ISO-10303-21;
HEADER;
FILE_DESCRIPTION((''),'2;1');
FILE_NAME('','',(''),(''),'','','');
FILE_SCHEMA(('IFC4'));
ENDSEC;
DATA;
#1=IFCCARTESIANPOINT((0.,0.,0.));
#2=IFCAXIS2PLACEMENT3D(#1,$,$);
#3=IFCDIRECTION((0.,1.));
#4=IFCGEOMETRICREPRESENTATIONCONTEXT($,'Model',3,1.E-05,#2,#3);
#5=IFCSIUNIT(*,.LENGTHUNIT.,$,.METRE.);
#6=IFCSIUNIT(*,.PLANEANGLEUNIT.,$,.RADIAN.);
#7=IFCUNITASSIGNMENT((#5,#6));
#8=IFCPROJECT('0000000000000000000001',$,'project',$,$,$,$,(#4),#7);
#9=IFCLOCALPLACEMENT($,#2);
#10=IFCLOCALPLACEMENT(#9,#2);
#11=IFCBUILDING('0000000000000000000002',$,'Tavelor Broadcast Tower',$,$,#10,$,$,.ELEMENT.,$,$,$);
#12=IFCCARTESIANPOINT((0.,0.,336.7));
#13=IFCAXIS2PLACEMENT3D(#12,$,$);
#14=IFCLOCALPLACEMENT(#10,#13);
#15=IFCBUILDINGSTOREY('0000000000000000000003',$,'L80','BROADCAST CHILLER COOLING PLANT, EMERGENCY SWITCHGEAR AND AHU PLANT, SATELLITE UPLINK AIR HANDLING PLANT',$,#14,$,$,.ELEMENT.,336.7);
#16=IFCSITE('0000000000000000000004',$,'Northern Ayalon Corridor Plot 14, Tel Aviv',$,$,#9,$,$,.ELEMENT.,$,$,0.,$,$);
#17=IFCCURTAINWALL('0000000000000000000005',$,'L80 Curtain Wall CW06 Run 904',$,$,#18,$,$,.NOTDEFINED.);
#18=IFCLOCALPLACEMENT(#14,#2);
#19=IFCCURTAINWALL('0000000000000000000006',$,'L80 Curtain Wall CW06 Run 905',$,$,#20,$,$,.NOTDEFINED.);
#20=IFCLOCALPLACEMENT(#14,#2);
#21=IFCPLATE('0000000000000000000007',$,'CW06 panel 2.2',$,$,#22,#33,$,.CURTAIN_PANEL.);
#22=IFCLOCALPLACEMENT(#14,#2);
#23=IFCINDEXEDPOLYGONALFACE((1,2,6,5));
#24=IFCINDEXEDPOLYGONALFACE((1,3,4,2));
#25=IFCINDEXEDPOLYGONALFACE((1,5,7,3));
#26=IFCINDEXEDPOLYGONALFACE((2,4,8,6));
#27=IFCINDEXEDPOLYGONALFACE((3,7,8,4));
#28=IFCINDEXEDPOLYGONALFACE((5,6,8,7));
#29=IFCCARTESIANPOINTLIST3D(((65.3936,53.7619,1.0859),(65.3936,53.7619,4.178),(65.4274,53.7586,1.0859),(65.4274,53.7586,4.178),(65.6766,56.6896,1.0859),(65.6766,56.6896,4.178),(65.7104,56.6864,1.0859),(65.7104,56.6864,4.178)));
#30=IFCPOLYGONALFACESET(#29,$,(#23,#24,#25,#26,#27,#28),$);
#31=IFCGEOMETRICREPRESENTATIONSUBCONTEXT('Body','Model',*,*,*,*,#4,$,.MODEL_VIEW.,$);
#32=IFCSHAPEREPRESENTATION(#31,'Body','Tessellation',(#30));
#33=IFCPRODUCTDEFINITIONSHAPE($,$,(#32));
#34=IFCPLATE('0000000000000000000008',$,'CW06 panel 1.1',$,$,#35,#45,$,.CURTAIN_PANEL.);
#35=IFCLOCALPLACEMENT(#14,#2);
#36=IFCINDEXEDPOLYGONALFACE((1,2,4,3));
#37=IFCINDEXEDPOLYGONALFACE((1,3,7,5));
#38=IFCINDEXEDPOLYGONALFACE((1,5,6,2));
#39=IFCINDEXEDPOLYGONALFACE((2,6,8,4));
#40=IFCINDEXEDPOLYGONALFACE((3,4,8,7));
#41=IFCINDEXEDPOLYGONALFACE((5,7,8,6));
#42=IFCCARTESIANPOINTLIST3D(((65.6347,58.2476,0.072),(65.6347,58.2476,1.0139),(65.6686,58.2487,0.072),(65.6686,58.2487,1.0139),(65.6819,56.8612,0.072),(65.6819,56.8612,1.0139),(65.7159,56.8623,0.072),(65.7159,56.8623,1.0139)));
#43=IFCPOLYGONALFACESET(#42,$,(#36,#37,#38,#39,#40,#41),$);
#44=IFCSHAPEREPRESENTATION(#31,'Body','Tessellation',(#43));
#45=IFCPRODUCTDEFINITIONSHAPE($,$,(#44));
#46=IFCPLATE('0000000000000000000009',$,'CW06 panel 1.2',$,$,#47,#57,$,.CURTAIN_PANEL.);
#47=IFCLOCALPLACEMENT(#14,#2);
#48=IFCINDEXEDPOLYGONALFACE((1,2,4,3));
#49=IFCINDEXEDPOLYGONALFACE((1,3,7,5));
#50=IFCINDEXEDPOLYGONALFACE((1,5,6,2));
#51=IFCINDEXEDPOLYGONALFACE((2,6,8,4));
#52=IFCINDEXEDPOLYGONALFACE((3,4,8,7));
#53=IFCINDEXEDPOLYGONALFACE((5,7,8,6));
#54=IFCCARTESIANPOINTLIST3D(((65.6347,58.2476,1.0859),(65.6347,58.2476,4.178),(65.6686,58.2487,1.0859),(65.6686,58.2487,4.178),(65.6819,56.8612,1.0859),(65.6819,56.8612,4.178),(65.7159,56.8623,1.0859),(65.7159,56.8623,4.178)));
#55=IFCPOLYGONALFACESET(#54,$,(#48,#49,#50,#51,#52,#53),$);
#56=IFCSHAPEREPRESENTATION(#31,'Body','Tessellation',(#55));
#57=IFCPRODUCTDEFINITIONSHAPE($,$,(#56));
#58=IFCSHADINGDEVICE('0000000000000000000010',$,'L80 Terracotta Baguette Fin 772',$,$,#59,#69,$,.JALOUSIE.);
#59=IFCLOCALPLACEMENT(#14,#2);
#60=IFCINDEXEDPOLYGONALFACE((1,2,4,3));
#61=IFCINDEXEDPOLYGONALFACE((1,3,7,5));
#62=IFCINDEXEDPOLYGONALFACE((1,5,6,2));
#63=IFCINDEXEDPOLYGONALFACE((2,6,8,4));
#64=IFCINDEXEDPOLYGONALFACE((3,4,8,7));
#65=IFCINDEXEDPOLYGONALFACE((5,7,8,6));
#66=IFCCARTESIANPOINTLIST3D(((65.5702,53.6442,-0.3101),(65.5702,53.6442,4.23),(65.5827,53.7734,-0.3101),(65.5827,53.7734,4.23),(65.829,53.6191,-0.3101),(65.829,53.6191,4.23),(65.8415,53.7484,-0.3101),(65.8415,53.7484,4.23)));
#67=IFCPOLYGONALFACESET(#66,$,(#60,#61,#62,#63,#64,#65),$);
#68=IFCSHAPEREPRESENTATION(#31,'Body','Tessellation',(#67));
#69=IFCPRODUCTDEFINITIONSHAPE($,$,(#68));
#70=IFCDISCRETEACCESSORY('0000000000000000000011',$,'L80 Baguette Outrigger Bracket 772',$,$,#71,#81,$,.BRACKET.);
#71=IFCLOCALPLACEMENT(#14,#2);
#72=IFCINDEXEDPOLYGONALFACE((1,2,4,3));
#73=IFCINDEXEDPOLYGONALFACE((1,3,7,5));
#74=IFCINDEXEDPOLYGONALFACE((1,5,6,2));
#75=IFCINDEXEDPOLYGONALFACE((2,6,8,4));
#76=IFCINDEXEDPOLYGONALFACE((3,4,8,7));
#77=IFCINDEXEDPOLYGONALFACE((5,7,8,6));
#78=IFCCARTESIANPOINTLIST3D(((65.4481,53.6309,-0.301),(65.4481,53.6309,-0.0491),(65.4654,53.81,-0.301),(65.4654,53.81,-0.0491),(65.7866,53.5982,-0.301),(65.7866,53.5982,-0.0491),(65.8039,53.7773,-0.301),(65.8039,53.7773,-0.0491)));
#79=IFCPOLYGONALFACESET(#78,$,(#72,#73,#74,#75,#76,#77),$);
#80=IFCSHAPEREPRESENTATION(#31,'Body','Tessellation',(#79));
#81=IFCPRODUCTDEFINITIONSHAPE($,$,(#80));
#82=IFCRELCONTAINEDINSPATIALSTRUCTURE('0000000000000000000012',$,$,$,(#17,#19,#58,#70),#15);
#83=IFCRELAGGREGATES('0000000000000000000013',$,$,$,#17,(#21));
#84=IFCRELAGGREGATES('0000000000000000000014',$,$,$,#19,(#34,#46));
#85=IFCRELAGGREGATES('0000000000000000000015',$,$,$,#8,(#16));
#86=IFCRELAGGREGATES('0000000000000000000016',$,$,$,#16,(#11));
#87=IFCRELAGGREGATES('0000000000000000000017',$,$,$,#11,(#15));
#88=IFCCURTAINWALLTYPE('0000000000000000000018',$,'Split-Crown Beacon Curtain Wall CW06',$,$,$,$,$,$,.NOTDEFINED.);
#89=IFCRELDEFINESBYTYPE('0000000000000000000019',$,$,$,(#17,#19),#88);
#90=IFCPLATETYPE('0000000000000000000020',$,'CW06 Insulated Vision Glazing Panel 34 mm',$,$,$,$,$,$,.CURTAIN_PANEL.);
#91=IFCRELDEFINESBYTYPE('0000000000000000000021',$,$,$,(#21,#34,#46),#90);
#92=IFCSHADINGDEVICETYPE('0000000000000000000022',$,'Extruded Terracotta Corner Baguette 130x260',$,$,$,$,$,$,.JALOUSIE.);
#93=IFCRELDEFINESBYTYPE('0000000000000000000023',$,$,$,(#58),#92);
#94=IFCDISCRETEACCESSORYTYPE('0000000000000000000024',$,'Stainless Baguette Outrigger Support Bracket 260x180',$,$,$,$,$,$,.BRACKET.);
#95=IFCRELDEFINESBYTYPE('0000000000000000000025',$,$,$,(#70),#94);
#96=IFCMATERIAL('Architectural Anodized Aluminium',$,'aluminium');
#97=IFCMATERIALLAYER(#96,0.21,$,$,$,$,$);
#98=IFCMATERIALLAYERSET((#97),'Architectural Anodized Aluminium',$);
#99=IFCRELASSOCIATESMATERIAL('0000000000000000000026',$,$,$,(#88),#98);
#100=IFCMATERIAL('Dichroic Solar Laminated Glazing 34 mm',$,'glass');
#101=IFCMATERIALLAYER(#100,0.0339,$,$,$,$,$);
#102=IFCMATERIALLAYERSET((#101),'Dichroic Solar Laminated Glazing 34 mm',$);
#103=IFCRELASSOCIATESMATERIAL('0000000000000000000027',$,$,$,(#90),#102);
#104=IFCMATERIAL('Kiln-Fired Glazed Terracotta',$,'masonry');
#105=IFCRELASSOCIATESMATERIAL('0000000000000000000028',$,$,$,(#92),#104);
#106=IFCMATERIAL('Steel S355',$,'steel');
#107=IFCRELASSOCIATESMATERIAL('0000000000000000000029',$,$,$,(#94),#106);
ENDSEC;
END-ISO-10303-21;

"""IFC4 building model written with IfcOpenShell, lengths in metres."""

from ifc_helpers import new_model, si_unit, direction, frame, origin, origin_2d, place, context, subcontext, project, spatial, rectangle, extrude, source, transform, mapped, material, layer, layer_set, type_object, type_shapes, element, aggregate, save


model = new_model("IFC4")

# Units and contexts
model_context = context("Model", 3, precision=1e-05, world=origin(), true_north=direction((0.0, 1.0)))
body_context = subcontext(model_context, "Body", "Model", "MODEL_VIEW")
ifc_project = project(units=[si_unit("LENGTHUNIT", "METRE"), si_unit("PLANEANGLEUNIT", "RADIAN")], contexts=[model_context])

# Site, building, storey
site_placement = place(None, origin())
site = spatial("IfcSite", under=ifc_project, at=site_placement, Name="Northern Ayalon Corridor Plot 14, Tel Aviv", CompositionType="ELEMENT", RefElevation=0.0)
building_placement = place(site_placement, origin())
building = spatial("IfcBuilding", under=site, at=building_placement, Name="Tavelor Broadcast Tower", CompositionType="ELEMENT")
storey_placement = place(building_placement, frame((0.0, 0.0, 336.7)))
storey = spatial("IfcBuildingStorey", under=building, at=storey_placement, Name="L80", Description="BROADCAST CHILLER COOLING PLANT, EMERGENCY SWITCHGEAR AND AHU PLANT, SATELLITE UPLINK AIR HANDLING PLANT", CompositionType="ELEMENT", Elevation=336.7)

# Shared definitions
ifc_material_1 = material(Name="Steel S355", Category="steel")

# Curtain wall
ifc_material_2 = material(Name="Architectural Anodized Aluminium", Category="aluminium")
ifc_layer_1 = layer(ifc_material_2, 0.21)
ifc_layer_set_1 = layer_set([ifc_layer_1], Name="Architectural Anodized Aluminium")
curtain_wall_type = type_object("IfcCurtainWallType", Name="Split-Crown Beacon Curtain Wall CW06", PredefinedType="NOTDEFINED", material=ifc_layer_set_1)
curtain_wall_1_placement = place(storey_placement, origin())
curtain_wall_1 = element("IfcCurtainWall", 1, at=curtain_wall_1_placement, inside=storey, type_object=curtain_wall_type, Name="L80 Curtain Wall CW06 Run 904", PredefinedType="NOTDEFINED")

# Curtain wall
curtain_wall_2_placement = place(storey_placement, origin())
curtain_wall_2 = element("IfcCurtainWall", 2, at=curtain_wall_2_placement, inside=storey, type_object=curtain_wall_type, Name="L80 Curtain Wall CW06 Run 905", PredefinedType="NOTDEFINED")

# Plates
ifc_material_3 = material(Name="Dichroic Solar Laminated Glazing 34 mm", Category="glass")
ifc_layer_2 = layer(ifc_material_3, 0.0339)
ifc_layer_set_2 = layer_set([ifc_layer_2], Name="Dichroic Solar Laminated Glazing 34 mm")
plate_type_1 = type_object("IfcPlateType", Name="CW06 Insulated Vision Glazing Panel 34 mm", PredefinedType="CURTAIN_PANEL", material=ifc_layer_set_2)
shared_shape_1 = source(origin(), body_context, "Body", "SweptSolid", [
    extrude(rectangle(XDim=2.9414, YDim=0.0339, at=origin_2d()), origin(), (0.0, 0.0, 1.0), 3.092),
])
plate_1_placement = place(storey_placement, frame((65.552, 55.2241, 1.0859), z_axis=(0.0, 0.0, 1.0), x_axis=(0.096196, 0.995362, 0.0)))
plate_1 = element("IfcPlate", 3, at=plate_1_placement, type_object=plate_type_1, Name="CW06 panel 2.2", PredefinedType="CURTAIN_PANEL", context=body_context, shape_type="MappedRepresentation", body=[
    mapped(shared_shape_1, transform((0.0, 0.0, 0.0), scale=1.0)),
])
aggregate(curtain_wall_1, [plate_1])
shared_shape_2 = source(origin(), body_context, "Body", "SweptSolid", [
    extrude(rectangle(XDim=1.3872, YDim=0.0339, at=origin_2d()), origin(), (0.0, 0.0, 1.0), 0.9419),
])
plate_2_placement = place(storey_placement, frame((65.6753, 57.5549, 0.072), z_axis=(0.0, 0.0, 1.0), x_axis=(-0.034028, 0.999421, 0.0)))
plate_2 = element("IfcPlate", 4, at=plate_2_placement, type_object=plate_type_1, Name="CW06 panel 1.1", PredefinedType="CURTAIN_PANEL", context=body_context, shape_type="MappedRepresentation", body=[
    mapped(shared_shape_2, transform((0.0, 0.0, 0.0), scale=1.0)),
])
shared_shape_3 = source(origin(), body_context, "Body", "SweptSolid", [
    extrude(rectangle(XDim=1.3872, YDim=0.0339, at=origin_2d()), origin(), (0.0, 0.0, 1.0), 3.092),
])
plate_3_placement = place(storey_placement, frame((65.6753, 57.5549, 1.0859), z_axis=(0.0, 0.0, 1.0), x_axis=(-0.034028, 0.999421, 0.0)))
plate_3 = element("IfcPlate", 5, at=plate_3_placement, type_object=plate_type_1, Name="CW06 panel 1.2", PredefinedType="CURTAIN_PANEL", context=body_context, shape_type="MappedRepresentation", body=[
    mapped(shared_shape_3, transform((0.0, 0.0, 0.0), scale=1.0)),
])
aggregate(curtain_wall_2, [plate_2, plate_3])

# Shading device
ifc_material_4 = material(Name="Kiln-Fired Glazed Terracotta", Category="masonry")
shading_device_type = type_object("IfcShadingDeviceType", Name="Extruded Terracotta Corner Baguette 130x260", PredefinedType="JALOUSIE", material=ifc_material_4)
shared_shape_4 = source(origin(), body_context, "Body", "SweptSolid", [
    extrude(rectangle(XDim=0.1299, YDim=0.26, at=origin_2d()), origin(), (0.0, 0.0, 1.0), 4.54),
])
type_shapes(shading_device_type, [shared_shape_4])
shading_device_placement = place(storey_placement, frame((65.7058, 53.6963, -0.3101), z_axis=(0.0, 0.0, 1.0), x_axis=(0.096193, 0.995363, 0.0)))
element("IfcShadingDevice", 6, at=shading_device_placement, inside=storey, type_object=shading_device_type, Name="L80 Terracotta Baguette Fin 772", PredefinedType="JALOUSIE", context=body_context, shape_type="MappedRepresentation", body=[
    mapped(shared_shape_4, transform((0.0, 0.0, 0.0), scale=1.0)),
])

# Discrete accessory
discrete_accessory_type = type_object("IfcDiscreteAccessoryType", Name="Stainless Baguette Outrigger Support Bracket 260x180", PredefinedType="BRACKET", material=ifc_material_1)
shared_shape_5 = source(origin(), body_context, "Body", "SweptSolid", [
    extrude(rectangle(XDim=0.1799, YDim=0.3401, at=origin_2d()), origin(), (0.0, 0.0, 1.0), 0.252),
])
type_shapes(discrete_accessory_type, [shared_shape_5])
discrete_accessory_placement = place(storey_placement, frame((65.626, 53.7041, -0.301), z_axis=(0.0, 0.0, 1.0), x_axis=(0.096193, 0.995363, 0.0)))
element("IfcDiscreteAccessory", 7, at=discrete_accessory_placement, inside=storey, type_object=discrete_accessory_type, Name="L80 Baguette Outrigger Bracket 772", PredefinedType="BRACKET", context=body_context, shape_type="MappedRepresentation", body=[
    mapped(shared_shape_5, transform((0.0, 0.0, 0.0), scale=1.0)),
])

save(model, "model.ifc")
